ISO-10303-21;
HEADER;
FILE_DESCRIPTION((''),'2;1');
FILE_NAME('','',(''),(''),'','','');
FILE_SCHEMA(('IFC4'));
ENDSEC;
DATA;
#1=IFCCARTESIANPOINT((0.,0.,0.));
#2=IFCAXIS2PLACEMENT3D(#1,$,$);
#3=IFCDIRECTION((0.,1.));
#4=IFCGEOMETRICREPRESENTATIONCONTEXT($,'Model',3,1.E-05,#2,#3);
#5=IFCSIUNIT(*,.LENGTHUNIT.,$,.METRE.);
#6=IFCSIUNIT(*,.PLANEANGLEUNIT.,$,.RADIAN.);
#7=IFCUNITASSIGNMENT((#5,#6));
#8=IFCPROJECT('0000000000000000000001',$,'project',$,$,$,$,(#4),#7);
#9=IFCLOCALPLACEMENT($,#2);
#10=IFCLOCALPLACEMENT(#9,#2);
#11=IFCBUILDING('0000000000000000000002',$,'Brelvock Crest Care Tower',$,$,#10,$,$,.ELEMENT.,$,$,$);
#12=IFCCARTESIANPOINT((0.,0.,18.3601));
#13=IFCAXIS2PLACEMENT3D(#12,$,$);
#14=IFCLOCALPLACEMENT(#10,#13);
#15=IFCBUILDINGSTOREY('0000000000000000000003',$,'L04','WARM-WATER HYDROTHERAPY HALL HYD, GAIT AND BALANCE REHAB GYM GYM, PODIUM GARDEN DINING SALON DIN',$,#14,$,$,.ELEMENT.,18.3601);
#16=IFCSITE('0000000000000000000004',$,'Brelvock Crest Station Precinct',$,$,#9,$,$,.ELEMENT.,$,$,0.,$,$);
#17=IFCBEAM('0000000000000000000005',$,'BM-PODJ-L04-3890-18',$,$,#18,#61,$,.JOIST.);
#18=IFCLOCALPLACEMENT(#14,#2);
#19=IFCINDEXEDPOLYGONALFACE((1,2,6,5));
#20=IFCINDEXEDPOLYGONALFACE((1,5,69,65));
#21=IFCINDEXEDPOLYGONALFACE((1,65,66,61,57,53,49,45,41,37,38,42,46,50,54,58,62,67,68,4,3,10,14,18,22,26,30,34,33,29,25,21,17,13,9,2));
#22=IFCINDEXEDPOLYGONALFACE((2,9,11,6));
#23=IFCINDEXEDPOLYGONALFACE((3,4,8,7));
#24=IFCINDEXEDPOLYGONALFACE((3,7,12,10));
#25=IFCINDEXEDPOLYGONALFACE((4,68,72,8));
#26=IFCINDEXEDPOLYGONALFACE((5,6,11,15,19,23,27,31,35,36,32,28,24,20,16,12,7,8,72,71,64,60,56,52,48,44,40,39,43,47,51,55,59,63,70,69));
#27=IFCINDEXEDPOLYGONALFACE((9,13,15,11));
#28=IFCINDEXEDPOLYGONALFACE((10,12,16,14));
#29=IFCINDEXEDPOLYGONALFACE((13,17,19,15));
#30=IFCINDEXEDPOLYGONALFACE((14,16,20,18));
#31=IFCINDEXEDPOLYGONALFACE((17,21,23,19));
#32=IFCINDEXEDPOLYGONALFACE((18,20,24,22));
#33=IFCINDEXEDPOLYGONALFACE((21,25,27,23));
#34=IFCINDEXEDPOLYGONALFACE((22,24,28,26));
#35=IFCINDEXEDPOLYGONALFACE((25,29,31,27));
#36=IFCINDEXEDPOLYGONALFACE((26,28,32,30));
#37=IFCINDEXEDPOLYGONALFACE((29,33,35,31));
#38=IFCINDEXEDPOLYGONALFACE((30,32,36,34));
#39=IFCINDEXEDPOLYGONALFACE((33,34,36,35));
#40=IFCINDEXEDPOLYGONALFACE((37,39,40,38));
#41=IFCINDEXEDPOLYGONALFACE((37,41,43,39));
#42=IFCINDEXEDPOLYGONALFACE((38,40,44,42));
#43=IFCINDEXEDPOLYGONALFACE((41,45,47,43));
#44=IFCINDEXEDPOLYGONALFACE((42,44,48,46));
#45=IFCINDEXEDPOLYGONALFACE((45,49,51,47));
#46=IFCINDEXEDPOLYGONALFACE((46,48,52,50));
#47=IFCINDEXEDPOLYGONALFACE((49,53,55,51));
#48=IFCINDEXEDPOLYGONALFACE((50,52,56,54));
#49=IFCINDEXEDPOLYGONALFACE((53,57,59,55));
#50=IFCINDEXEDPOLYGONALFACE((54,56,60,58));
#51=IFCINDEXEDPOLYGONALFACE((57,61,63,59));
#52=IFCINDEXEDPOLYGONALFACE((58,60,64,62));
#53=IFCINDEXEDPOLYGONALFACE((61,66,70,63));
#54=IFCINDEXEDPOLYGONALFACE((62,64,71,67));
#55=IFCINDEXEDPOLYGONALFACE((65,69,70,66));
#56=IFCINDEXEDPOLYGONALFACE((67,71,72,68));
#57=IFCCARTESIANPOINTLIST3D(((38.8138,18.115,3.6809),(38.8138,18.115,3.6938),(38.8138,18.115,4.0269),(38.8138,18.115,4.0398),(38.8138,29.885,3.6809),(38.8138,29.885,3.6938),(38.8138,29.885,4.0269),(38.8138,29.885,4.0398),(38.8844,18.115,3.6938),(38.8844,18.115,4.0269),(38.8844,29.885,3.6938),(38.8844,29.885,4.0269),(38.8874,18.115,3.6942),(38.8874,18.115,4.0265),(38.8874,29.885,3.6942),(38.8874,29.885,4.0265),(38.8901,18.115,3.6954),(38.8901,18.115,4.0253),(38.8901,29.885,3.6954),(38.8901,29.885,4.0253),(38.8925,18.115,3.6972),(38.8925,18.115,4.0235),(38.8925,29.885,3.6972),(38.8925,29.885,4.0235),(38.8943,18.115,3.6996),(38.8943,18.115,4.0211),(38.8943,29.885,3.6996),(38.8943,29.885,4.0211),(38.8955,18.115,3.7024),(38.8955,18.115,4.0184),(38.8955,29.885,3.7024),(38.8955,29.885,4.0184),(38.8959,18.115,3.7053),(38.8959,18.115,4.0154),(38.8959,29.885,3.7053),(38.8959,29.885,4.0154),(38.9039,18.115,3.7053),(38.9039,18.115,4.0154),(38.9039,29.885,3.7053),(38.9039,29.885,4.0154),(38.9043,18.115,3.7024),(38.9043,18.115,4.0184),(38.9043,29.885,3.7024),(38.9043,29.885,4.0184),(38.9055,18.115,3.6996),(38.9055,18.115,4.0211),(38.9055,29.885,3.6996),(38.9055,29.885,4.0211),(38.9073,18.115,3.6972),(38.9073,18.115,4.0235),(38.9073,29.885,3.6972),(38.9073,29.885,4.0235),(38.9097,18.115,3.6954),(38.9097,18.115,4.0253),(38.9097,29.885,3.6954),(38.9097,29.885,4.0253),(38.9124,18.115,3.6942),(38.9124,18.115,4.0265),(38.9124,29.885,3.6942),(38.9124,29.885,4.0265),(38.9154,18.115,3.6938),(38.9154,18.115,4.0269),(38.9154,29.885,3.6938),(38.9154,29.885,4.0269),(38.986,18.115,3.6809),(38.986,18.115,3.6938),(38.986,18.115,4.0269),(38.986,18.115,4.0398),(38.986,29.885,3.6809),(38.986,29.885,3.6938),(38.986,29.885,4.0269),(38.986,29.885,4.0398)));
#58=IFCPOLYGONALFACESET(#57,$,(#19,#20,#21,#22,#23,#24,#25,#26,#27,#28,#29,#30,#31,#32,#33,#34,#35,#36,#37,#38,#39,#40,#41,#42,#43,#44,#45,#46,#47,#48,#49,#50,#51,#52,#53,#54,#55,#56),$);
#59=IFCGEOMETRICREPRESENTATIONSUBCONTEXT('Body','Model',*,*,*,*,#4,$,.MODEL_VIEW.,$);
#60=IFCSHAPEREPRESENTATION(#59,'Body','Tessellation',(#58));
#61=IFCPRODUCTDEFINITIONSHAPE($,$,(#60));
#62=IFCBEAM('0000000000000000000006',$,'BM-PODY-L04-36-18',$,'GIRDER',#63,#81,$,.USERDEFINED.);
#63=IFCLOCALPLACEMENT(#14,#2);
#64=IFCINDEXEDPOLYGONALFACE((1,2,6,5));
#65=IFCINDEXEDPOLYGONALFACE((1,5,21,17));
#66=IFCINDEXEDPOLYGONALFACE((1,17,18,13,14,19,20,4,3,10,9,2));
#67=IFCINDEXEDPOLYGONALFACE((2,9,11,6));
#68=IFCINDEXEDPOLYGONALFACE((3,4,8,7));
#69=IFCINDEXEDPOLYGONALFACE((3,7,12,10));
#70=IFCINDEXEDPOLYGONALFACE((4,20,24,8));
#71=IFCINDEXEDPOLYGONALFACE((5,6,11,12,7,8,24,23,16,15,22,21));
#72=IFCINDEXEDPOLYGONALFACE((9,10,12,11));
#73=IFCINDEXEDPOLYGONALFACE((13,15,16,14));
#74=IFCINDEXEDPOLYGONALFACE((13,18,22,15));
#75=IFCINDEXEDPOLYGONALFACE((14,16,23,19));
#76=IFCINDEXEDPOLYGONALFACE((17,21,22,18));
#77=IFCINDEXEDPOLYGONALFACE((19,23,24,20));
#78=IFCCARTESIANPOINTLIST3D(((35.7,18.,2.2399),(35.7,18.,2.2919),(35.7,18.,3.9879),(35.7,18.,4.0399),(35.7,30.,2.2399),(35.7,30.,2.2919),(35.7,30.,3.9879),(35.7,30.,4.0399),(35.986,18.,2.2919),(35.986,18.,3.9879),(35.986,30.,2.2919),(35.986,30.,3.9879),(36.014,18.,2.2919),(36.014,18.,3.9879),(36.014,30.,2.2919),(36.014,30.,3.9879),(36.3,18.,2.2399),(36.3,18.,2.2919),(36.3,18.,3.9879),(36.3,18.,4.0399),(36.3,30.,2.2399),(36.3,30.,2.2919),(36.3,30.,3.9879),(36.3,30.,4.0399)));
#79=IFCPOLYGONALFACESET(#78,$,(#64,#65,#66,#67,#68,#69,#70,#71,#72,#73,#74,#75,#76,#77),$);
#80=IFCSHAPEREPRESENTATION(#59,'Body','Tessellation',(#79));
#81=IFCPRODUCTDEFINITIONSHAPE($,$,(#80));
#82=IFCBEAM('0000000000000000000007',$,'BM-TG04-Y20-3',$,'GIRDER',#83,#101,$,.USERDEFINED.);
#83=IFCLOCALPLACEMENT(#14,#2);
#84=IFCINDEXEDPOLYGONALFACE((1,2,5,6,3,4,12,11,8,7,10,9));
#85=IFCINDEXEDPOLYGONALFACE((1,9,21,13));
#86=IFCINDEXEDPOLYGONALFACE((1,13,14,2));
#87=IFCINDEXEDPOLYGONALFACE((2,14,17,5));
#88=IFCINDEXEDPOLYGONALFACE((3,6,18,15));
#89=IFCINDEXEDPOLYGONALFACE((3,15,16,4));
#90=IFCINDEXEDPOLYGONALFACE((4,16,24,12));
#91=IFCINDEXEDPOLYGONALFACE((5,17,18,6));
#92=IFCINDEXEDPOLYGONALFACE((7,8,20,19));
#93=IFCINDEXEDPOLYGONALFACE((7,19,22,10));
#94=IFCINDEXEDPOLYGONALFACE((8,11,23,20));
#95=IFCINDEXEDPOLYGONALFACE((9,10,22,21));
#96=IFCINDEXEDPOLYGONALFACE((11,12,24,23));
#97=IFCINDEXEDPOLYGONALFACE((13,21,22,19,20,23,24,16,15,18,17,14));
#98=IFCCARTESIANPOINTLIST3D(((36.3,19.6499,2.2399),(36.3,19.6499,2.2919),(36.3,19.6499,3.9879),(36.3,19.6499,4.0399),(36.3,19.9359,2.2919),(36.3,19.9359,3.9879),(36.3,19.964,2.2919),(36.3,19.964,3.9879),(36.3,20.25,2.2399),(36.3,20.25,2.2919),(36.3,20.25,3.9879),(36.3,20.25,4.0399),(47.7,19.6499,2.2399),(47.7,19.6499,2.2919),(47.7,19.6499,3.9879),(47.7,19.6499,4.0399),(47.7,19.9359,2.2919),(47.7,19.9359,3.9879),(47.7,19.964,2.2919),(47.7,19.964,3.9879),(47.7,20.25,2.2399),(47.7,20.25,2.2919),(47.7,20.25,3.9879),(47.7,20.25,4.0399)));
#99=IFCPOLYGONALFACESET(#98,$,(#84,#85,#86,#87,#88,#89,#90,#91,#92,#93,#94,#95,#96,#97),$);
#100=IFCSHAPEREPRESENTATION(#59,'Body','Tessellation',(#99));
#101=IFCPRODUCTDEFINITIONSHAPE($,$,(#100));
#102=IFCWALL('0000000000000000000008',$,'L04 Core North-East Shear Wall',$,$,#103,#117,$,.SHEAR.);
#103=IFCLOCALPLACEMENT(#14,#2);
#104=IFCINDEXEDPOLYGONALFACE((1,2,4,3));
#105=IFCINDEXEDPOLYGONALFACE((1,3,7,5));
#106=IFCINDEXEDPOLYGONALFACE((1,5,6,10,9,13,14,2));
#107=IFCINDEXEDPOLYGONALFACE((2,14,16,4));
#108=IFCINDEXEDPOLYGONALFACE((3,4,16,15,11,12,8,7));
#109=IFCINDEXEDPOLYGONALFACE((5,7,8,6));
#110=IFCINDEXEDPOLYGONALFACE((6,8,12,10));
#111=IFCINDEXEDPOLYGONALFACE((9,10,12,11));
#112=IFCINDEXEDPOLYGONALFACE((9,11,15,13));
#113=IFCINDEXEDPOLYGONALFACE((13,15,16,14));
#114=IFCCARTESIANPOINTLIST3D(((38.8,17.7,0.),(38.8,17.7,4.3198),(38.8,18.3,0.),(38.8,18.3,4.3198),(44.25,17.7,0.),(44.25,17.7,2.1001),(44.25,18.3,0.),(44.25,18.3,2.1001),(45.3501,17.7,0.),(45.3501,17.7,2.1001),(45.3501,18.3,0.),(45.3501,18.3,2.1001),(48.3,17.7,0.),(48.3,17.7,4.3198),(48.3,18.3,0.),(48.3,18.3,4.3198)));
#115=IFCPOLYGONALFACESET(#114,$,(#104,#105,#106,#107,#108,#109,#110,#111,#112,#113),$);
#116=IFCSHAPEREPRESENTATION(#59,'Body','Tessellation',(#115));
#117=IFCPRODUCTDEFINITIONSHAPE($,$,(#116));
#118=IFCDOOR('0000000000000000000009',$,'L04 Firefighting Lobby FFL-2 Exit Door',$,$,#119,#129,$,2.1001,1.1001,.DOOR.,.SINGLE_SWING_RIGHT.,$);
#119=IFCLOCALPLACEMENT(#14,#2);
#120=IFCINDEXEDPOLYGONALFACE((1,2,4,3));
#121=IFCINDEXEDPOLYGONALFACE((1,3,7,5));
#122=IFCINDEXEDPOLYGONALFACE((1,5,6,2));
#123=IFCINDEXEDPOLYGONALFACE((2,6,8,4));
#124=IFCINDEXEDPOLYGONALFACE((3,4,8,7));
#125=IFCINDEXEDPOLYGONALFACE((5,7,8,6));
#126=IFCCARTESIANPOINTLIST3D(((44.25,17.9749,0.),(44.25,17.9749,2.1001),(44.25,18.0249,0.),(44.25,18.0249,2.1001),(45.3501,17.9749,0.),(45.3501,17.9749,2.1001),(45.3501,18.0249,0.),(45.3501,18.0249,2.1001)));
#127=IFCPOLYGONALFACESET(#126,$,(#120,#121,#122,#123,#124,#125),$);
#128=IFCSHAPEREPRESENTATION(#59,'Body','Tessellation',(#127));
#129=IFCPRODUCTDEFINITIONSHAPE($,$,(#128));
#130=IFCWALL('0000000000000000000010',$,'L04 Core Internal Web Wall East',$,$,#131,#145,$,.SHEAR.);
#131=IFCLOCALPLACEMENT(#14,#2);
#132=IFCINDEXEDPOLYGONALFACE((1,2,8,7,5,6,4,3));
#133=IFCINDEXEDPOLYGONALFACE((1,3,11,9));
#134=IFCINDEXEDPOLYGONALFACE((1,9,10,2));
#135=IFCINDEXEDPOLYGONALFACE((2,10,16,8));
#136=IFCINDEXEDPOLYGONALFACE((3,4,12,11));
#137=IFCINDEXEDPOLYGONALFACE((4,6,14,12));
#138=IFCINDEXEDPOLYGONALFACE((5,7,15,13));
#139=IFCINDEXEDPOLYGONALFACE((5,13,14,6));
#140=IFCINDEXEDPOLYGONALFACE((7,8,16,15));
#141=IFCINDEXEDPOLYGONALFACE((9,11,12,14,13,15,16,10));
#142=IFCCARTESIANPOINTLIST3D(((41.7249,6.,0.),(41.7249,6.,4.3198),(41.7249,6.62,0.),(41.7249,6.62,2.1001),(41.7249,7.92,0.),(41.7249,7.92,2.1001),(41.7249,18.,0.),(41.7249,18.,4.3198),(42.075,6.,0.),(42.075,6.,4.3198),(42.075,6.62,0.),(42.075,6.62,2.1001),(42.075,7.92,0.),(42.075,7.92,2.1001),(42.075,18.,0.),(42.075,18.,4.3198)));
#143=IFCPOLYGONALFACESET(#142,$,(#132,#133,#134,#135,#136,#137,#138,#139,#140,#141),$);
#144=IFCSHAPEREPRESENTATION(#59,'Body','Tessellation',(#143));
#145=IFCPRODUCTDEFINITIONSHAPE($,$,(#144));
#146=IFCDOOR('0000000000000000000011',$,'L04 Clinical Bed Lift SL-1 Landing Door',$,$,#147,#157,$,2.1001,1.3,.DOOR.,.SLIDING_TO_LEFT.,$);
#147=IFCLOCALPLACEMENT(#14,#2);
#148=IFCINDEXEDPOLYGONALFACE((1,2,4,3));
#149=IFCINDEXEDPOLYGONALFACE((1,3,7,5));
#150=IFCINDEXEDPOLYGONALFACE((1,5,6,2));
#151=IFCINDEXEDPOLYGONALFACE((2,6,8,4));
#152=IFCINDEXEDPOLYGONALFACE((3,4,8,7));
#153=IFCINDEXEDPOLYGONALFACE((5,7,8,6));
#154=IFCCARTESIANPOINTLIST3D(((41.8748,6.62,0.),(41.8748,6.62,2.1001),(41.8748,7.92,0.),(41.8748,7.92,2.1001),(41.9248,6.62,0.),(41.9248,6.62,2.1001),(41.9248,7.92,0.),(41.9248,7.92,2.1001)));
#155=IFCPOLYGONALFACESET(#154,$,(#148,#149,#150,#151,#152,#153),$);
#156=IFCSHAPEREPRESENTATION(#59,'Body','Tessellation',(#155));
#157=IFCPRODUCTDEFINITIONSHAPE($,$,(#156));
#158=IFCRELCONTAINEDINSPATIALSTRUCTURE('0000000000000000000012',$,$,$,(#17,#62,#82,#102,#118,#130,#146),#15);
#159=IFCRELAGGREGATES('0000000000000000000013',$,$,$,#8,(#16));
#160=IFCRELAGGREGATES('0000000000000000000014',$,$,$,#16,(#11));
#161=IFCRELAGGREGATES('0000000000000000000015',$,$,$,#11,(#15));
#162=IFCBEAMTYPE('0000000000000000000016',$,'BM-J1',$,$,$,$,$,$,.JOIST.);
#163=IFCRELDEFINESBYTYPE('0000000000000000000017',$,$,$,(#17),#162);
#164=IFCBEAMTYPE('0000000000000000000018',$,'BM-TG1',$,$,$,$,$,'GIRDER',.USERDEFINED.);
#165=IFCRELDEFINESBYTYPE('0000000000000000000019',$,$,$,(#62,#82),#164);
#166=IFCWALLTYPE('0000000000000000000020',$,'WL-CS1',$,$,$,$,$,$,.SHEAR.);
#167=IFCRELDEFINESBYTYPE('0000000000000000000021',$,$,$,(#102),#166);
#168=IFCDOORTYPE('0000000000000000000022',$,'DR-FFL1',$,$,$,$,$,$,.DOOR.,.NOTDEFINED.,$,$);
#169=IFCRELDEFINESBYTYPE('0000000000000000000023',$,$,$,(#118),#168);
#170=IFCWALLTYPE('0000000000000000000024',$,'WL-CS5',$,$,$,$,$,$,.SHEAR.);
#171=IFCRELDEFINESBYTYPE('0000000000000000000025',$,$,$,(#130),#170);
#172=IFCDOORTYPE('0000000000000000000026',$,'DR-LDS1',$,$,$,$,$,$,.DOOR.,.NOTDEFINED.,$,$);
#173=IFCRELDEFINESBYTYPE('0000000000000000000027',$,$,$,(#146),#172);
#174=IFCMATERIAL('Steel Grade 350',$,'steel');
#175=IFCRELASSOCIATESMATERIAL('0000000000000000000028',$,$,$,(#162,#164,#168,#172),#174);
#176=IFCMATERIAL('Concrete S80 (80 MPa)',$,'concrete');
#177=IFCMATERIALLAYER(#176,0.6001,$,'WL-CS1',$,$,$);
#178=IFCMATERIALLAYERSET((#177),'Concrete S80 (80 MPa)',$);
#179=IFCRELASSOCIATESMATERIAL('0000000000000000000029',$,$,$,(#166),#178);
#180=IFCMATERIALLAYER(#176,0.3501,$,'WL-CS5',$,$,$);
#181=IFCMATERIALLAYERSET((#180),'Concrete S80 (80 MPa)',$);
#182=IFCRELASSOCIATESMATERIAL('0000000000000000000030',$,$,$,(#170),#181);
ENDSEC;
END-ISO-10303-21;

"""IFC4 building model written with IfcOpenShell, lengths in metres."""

from ifc_helpers import new_model, si_unit, direction, frame, frame_2d, origin, origin_2d, place, context, subcontext, project, spatial, rectangle, i_section, extrude, source, transform, mapped, material, layer, layer_set, material_profile, profile_set, type_object, element, fill, save


model = new_model("IFC4")

# Units and contexts
model_context = context("Model", 3, precision=1e-05, world=origin(), true_north=direction((0.0, 1.0)))
body_context = subcontext(model_context, "Body", "Model", "MODEL_VIEW")
ifc_project = project(units=[si_unit("LENGTHUNIT", "METRE"), si_unit("PLANEANGLEUNIT", "RADIAN")], contexts=[model_context])

# Site, building, storey
site_placement = place(None, origin())
site = spatial("IfcSite", under=ifc_project, at=site_placement, Name="Brelvock Crest Station Precinct", CompositionType="ELEMENT", RefElevation=0.0)
building_placement = place(site_placement, origin())
building = spatial("IfcBuilding", under=site, at=building_placement, Name="Brelvock Crest Care Tower", CompositionType="ELEMENT")
storey_placement = place(building_placement, frame((0.0, 0.0, 18.3601)))
storey = spatial("IfcBuildingStorey", under=building, at=storey_placement, Name="L04", Description="WARM-WATER HYDROTHERAPY HALL HYD, GAIT AND BALANCE REHAB GYM GYM, PODIUM GARDEN DINING SALON DIN", CompositionType="ELEMENT", Elevation=18.3601)

# Shared definitions
ifc_material_1 = material(Name="Concrete S80 (80 MPa)", Category="concrete")

# Beams
ifc_material_2 = material(Name="Steel Grade 350", Category="steel")
ifc_material_profile_1 = material_profile(ifc_material_2, i_section(OverallWidth=0.1721, OverallDepth=0.3589, WebThickness=0.0081, FlangeThickness=0.0129, FilletRadius=0.0115, at=origin_2d()), Name="360UB56.7")
ifc_profile_set_1 = profile_set([ifc_material_profile_1], Name="Steel Grade 350")
beam_type_1 = type_object("IfcBeamType", Name="BM-J1", PredefinedType="JOIST", material=ifc_profile_set_1)
shared_shape_1 = source(origin(), body_context, "Body", "SweptSolid", [
    extrude(i_section(OverallWidth=0.1721, OverallDepth=0.3589, WebThickness=0.0081, FlangeThickness=0.0129, FilletRadius=0.0115, at=origin_2d()), origin(), (0.0, 0.0, 1.0), 11.77),
])
for number, where, z_axis, x_axis, name in (
    (1, (38.8999, 18.115, 3.8604), (0.0, 1.0, 0.0), (-1.0, 0.0, 0.0), "BM-PODJ-L04-3890-18"),
):
    element("IfcBeam", number, at=place(storey_placement, frame(where, z_axis=z_axis, x_axis=x_axis)), inside=storey, type_object=beam_type_1, Name=name, PredefinedType="JOIST", context=body_context, shape_type="MappedRepresentation", body=[
        mapped(shared_shape_1, transform((0.0, 0.0, 0.0), x_axis=(1.0, 0.0, 0.0), y_axis=(0.0, 1.0, 0.0), z_axis=(0.0, 0.0, 1.0), scale=1.0)),
    ])
ifc_material_profile_2 = material_profile(ifc_material_2, i_section(OverallWidth=0.6001, OverallDepth=1.8, WebThickness=0.0281, FlangeThickness=0.052, at=origin_2d()), Name="1800TG740")
ifc_profile_set_2 = profile_set([ifc_material_profile_2], Name="Steel Grade 350")
beam_type_2 = type_object("IfcBeamType", Name="BM-TG1", ElementType="GIRDER", PredefinedType="USERDEFINED", material=ifc_profile_set_2)
shared_shape_2 = source(origin(), body_context, "Body", "SweptSolid", [
    extrude(i_section(OverallWidth=0.6001, OverallDepth=1.8, WebThickness=0.0281, FlangeThickness=0.052, at=origin_2d()), origin(), (0.0, 0.0, 1.0), 12.0),
])
beam_1_placement = place(storey_placement, frame((36.0, 18.0, 3.1399), z_axis=(0.0, 1.0, 0.0), x_axis=(-1.0, 0.0, 0.0)))
element("IfcBeam", 2, at=beam_1_placement, inside=storey, type_object=beam_type_2, Name="BM-PODY-L04-36-18", ObjectType="GIRDER", PredefinedType="USERDEFINED", context=body_context, shape_type="MappedRepresentation", body=[
    mapped(shared_shape_2, transform((0.0, 0.0, 0.0), x_axis=(1.0, 0.0, 0.0), y_axis=(0.0, 1.0, 0.0), z_axis=(0.0, 0.0, 1.0), scale=1.0)),
])
shared_shape_3 = source(origin(), body_context, "Body", "SweptSolid", [
    extrude(i_section(OverallWidth=0.6001, OverallDepth=1.8, WebThickness=0.0281, FlangeThickness=0.052, at=origin_2d()), origin(), (0.0, 0.0, 1.0), 11.3999),
])
beam_2_placement = place(storey_placement, frame((36.3, 19.95, 3.1399), z_axis=(1.0, 0.0, 0.0), x_axis=(0.0, 1.0, 0.0)))
element("IfcBeam", 3, at=beam_2_placement, inside=storey, type_object=beam_type_2, Name="BM-TG04-Y20-3", ObjectType="GIRDER", PredefinedType="USERDEFINED", context=body_context, shape_type="MappedRepresentation", body=[
    mapped(shared_shape_3, transform((0.0, 0.0, 0.0), x_axis=(1.0, 0.0, 0.0), y_axis=(0.0, 1.0, 0.0), z_axis=(0.0, 0.0, 1.0), scale=1.0)),
])

# Walls, openings, doors
ifc_layer_1 = layer(ifc_material_1, 0.6001, Name="WL-CS1")
ifc_layer_set_1 = layer_set([ifc_layer_1], Name="Concrete S80 (80 MPa)")
wall_type_1 = type_object("IfcWallType", Name="WL-CS1", PredefinedType="SHEAR", material=ifc_layer_set_1)
wall_1_placement = place(storey_placement, frame((38.8, 18.0, 0.0), z_axis=(0.0, 0.0, 1.0), x_axis=(1.0, 0.0, 0.0)))
wall_1 = element("IfcWall", 4, at=wall_1_placement, inside=storey, type_object=wall_type_1, Name="L04 Core North-East Shear Wall", PredefinedType="SHEAR", context=body_context, shape_type="SweptSolid", body=[
    extrude(rectangle(XDim=9.5, YDim=0.6001, at=frame_2d((4.75, 0.0))), origin(), (0.0, 0.0, 1.0), 4.3198),
])
opening_1_placement = place(wall_1_placement, frame((5.45, 0.0, 0.0)))
opening_1 = element("IfcOpeningElement", 5, at=opening_1_placement, cuts=wall_1, PredefinedType="OPENING", context=body_context, shape_type="SweptSolid", body=[
    extrude(rectangle(XDim=1.1001, YDim=2.1001, at=origin_2d()), frame((0.55, 0.3101, 1.05), z_axis=(0.0, -1.0, 0.0), x_axis=(1.0, 0.0, 0.0)), (0.0, 0.0, 1.0), 0.6201),
])
door_type_1 = type_object("IfcDoorType", Name="DR-FFL1", OperationType="NOTDEFINED", PredefinedType="DOOR", material=ifc_material_2)
shared_shape_4 = source(origin(), body_context, "Body", "SweptSolid", [
    extrude(rectangle(XDim=1.1001, YDim=2.1001, at=origin_2d()), frame((0.55, 0.0249, 1.05), z_axis=(0.0, -1.0, 0.0), x_axis=(1.0, 0.0, 0.0)), (0.0, 0.0, 1.0), 0.05),
])
door_1_placement = place(opening_1_placement, origin())
door_1 = element("IfcDoor", 6, at=door_1_placement, inside=storey, type_object=door_type_1, Name="L04 Firefighting Lobby FFL-2 Exit Door", OperationType="SINGLE_SWING_RIGHT", OverallHeight=2.1001, OverallWidth=1.1001, PredefinedType="DOOR", context=body_context, shape_type="MappedRepresentation", body=[
    mapped(shared_shape_4, transform((0.0, 0.0, 0.0), x_axis=(1.0, 0.0, 0.0), y_axis=(0.0, 1.0, 0.0), z_axis=(0.0, 0.0, 1.0), scale=1.0)),
])
fill(opening_1, door_1)
ifc_layer_2 = layer(ifc_material_1, 0.3501, Name="WL-CS5")
ifc_layer_set_2 = layer_set([ifc_layer_2], Name="Concrete S80 (80 MPa)")
wall_type_2 = type_object("IfcWallType", Name="WL-CS5", PredefinedType="SHEAR", material=ifc_layer_set_2)
wall_2_placement = place(storey_placement, frame((41.8999, 18.0, 0.0), z_axis=(0.0, 0.0, 1.0), x_axis=(0.0, -1.0, 0.0)))
wall_2 = element("IfcWall", 7, at=wall_2_placement, inside=storey, type_object=wall_type_2, Name="L04 Core Internal Web Wall East", PredefinedType="SHEAR", context=body_context, shape_type="SweptSolid", body=[
    extrude(rectangle(XDim=12.0, YDim=0.3501, at=frame_2d((6.0, 0.0))), origin(), (0.0, 0.0, 1.0), 4.3198),
])
opening_2_placement = place(wall_2_placement, frame((10.0801, 0.0, 0.0)))
opening_2 = element("IfcOpeningElement", 8, at=opening_2_placement, cuts=wall_2, PredefinedType="OPENING", context=body_context, shape_type="SweptSolid", body=[
    extrude(rectangle(XDim=1.3, YDim=2.1001, at=origin_2d()), frame((0.6499, 0.1851, 1.05), z_axis=(0.0, -1.0, 0.0), x_axis=(1.0, 0.0, 0.0)), (0.0, 0.0, 1.0), 0.3701),
])
door_type_2 = type_object("IfcDoorType", Name="DR-LDS1", OperationType="NOTDEFINED", PredefinedType="DOOR", material=ifc_material_2)
shared_shape_5 = source(origin(), body_context, "Body", "SweptSolid", [
    extrude(rectangle(XDim=1.3, YDim=2.1001, at=origin_2d()), frame((0.6499, 0.0249, 1.05), z_axis=(0.0, -1.0, 0.0), x_axis=(1.0, 0.0, 0.0)), (0.0, 0.0, 1.0), 0.05),
])
door_2_placement = place(opening_2_placement, origin())
door_2 = element("IfcDoor", 9, at=door_2_placement, inside=storey, type_object=door_type_2, Name="L04 Clinical Bed Lift SL-1 Landing Door", OperationType="SLIDING_TO_LEFT", OverallHeight=2.1001, OverallWidth=1.3, PredefinedType="DOOR", context=body_context, shape_type="MappedRepresentation", body=[
    mapped(shared_shape_5, transform((0.0, 0.0, 0.0), x_axis=(1.0, 0.0, 0.0), y_axis=(0.0, 1.0, 0.0), z_axis=(0.0, 0.0, 1.0), scale=1.0)),
])
fill(opening_2, door_2)

save(model, "model.ifc")
